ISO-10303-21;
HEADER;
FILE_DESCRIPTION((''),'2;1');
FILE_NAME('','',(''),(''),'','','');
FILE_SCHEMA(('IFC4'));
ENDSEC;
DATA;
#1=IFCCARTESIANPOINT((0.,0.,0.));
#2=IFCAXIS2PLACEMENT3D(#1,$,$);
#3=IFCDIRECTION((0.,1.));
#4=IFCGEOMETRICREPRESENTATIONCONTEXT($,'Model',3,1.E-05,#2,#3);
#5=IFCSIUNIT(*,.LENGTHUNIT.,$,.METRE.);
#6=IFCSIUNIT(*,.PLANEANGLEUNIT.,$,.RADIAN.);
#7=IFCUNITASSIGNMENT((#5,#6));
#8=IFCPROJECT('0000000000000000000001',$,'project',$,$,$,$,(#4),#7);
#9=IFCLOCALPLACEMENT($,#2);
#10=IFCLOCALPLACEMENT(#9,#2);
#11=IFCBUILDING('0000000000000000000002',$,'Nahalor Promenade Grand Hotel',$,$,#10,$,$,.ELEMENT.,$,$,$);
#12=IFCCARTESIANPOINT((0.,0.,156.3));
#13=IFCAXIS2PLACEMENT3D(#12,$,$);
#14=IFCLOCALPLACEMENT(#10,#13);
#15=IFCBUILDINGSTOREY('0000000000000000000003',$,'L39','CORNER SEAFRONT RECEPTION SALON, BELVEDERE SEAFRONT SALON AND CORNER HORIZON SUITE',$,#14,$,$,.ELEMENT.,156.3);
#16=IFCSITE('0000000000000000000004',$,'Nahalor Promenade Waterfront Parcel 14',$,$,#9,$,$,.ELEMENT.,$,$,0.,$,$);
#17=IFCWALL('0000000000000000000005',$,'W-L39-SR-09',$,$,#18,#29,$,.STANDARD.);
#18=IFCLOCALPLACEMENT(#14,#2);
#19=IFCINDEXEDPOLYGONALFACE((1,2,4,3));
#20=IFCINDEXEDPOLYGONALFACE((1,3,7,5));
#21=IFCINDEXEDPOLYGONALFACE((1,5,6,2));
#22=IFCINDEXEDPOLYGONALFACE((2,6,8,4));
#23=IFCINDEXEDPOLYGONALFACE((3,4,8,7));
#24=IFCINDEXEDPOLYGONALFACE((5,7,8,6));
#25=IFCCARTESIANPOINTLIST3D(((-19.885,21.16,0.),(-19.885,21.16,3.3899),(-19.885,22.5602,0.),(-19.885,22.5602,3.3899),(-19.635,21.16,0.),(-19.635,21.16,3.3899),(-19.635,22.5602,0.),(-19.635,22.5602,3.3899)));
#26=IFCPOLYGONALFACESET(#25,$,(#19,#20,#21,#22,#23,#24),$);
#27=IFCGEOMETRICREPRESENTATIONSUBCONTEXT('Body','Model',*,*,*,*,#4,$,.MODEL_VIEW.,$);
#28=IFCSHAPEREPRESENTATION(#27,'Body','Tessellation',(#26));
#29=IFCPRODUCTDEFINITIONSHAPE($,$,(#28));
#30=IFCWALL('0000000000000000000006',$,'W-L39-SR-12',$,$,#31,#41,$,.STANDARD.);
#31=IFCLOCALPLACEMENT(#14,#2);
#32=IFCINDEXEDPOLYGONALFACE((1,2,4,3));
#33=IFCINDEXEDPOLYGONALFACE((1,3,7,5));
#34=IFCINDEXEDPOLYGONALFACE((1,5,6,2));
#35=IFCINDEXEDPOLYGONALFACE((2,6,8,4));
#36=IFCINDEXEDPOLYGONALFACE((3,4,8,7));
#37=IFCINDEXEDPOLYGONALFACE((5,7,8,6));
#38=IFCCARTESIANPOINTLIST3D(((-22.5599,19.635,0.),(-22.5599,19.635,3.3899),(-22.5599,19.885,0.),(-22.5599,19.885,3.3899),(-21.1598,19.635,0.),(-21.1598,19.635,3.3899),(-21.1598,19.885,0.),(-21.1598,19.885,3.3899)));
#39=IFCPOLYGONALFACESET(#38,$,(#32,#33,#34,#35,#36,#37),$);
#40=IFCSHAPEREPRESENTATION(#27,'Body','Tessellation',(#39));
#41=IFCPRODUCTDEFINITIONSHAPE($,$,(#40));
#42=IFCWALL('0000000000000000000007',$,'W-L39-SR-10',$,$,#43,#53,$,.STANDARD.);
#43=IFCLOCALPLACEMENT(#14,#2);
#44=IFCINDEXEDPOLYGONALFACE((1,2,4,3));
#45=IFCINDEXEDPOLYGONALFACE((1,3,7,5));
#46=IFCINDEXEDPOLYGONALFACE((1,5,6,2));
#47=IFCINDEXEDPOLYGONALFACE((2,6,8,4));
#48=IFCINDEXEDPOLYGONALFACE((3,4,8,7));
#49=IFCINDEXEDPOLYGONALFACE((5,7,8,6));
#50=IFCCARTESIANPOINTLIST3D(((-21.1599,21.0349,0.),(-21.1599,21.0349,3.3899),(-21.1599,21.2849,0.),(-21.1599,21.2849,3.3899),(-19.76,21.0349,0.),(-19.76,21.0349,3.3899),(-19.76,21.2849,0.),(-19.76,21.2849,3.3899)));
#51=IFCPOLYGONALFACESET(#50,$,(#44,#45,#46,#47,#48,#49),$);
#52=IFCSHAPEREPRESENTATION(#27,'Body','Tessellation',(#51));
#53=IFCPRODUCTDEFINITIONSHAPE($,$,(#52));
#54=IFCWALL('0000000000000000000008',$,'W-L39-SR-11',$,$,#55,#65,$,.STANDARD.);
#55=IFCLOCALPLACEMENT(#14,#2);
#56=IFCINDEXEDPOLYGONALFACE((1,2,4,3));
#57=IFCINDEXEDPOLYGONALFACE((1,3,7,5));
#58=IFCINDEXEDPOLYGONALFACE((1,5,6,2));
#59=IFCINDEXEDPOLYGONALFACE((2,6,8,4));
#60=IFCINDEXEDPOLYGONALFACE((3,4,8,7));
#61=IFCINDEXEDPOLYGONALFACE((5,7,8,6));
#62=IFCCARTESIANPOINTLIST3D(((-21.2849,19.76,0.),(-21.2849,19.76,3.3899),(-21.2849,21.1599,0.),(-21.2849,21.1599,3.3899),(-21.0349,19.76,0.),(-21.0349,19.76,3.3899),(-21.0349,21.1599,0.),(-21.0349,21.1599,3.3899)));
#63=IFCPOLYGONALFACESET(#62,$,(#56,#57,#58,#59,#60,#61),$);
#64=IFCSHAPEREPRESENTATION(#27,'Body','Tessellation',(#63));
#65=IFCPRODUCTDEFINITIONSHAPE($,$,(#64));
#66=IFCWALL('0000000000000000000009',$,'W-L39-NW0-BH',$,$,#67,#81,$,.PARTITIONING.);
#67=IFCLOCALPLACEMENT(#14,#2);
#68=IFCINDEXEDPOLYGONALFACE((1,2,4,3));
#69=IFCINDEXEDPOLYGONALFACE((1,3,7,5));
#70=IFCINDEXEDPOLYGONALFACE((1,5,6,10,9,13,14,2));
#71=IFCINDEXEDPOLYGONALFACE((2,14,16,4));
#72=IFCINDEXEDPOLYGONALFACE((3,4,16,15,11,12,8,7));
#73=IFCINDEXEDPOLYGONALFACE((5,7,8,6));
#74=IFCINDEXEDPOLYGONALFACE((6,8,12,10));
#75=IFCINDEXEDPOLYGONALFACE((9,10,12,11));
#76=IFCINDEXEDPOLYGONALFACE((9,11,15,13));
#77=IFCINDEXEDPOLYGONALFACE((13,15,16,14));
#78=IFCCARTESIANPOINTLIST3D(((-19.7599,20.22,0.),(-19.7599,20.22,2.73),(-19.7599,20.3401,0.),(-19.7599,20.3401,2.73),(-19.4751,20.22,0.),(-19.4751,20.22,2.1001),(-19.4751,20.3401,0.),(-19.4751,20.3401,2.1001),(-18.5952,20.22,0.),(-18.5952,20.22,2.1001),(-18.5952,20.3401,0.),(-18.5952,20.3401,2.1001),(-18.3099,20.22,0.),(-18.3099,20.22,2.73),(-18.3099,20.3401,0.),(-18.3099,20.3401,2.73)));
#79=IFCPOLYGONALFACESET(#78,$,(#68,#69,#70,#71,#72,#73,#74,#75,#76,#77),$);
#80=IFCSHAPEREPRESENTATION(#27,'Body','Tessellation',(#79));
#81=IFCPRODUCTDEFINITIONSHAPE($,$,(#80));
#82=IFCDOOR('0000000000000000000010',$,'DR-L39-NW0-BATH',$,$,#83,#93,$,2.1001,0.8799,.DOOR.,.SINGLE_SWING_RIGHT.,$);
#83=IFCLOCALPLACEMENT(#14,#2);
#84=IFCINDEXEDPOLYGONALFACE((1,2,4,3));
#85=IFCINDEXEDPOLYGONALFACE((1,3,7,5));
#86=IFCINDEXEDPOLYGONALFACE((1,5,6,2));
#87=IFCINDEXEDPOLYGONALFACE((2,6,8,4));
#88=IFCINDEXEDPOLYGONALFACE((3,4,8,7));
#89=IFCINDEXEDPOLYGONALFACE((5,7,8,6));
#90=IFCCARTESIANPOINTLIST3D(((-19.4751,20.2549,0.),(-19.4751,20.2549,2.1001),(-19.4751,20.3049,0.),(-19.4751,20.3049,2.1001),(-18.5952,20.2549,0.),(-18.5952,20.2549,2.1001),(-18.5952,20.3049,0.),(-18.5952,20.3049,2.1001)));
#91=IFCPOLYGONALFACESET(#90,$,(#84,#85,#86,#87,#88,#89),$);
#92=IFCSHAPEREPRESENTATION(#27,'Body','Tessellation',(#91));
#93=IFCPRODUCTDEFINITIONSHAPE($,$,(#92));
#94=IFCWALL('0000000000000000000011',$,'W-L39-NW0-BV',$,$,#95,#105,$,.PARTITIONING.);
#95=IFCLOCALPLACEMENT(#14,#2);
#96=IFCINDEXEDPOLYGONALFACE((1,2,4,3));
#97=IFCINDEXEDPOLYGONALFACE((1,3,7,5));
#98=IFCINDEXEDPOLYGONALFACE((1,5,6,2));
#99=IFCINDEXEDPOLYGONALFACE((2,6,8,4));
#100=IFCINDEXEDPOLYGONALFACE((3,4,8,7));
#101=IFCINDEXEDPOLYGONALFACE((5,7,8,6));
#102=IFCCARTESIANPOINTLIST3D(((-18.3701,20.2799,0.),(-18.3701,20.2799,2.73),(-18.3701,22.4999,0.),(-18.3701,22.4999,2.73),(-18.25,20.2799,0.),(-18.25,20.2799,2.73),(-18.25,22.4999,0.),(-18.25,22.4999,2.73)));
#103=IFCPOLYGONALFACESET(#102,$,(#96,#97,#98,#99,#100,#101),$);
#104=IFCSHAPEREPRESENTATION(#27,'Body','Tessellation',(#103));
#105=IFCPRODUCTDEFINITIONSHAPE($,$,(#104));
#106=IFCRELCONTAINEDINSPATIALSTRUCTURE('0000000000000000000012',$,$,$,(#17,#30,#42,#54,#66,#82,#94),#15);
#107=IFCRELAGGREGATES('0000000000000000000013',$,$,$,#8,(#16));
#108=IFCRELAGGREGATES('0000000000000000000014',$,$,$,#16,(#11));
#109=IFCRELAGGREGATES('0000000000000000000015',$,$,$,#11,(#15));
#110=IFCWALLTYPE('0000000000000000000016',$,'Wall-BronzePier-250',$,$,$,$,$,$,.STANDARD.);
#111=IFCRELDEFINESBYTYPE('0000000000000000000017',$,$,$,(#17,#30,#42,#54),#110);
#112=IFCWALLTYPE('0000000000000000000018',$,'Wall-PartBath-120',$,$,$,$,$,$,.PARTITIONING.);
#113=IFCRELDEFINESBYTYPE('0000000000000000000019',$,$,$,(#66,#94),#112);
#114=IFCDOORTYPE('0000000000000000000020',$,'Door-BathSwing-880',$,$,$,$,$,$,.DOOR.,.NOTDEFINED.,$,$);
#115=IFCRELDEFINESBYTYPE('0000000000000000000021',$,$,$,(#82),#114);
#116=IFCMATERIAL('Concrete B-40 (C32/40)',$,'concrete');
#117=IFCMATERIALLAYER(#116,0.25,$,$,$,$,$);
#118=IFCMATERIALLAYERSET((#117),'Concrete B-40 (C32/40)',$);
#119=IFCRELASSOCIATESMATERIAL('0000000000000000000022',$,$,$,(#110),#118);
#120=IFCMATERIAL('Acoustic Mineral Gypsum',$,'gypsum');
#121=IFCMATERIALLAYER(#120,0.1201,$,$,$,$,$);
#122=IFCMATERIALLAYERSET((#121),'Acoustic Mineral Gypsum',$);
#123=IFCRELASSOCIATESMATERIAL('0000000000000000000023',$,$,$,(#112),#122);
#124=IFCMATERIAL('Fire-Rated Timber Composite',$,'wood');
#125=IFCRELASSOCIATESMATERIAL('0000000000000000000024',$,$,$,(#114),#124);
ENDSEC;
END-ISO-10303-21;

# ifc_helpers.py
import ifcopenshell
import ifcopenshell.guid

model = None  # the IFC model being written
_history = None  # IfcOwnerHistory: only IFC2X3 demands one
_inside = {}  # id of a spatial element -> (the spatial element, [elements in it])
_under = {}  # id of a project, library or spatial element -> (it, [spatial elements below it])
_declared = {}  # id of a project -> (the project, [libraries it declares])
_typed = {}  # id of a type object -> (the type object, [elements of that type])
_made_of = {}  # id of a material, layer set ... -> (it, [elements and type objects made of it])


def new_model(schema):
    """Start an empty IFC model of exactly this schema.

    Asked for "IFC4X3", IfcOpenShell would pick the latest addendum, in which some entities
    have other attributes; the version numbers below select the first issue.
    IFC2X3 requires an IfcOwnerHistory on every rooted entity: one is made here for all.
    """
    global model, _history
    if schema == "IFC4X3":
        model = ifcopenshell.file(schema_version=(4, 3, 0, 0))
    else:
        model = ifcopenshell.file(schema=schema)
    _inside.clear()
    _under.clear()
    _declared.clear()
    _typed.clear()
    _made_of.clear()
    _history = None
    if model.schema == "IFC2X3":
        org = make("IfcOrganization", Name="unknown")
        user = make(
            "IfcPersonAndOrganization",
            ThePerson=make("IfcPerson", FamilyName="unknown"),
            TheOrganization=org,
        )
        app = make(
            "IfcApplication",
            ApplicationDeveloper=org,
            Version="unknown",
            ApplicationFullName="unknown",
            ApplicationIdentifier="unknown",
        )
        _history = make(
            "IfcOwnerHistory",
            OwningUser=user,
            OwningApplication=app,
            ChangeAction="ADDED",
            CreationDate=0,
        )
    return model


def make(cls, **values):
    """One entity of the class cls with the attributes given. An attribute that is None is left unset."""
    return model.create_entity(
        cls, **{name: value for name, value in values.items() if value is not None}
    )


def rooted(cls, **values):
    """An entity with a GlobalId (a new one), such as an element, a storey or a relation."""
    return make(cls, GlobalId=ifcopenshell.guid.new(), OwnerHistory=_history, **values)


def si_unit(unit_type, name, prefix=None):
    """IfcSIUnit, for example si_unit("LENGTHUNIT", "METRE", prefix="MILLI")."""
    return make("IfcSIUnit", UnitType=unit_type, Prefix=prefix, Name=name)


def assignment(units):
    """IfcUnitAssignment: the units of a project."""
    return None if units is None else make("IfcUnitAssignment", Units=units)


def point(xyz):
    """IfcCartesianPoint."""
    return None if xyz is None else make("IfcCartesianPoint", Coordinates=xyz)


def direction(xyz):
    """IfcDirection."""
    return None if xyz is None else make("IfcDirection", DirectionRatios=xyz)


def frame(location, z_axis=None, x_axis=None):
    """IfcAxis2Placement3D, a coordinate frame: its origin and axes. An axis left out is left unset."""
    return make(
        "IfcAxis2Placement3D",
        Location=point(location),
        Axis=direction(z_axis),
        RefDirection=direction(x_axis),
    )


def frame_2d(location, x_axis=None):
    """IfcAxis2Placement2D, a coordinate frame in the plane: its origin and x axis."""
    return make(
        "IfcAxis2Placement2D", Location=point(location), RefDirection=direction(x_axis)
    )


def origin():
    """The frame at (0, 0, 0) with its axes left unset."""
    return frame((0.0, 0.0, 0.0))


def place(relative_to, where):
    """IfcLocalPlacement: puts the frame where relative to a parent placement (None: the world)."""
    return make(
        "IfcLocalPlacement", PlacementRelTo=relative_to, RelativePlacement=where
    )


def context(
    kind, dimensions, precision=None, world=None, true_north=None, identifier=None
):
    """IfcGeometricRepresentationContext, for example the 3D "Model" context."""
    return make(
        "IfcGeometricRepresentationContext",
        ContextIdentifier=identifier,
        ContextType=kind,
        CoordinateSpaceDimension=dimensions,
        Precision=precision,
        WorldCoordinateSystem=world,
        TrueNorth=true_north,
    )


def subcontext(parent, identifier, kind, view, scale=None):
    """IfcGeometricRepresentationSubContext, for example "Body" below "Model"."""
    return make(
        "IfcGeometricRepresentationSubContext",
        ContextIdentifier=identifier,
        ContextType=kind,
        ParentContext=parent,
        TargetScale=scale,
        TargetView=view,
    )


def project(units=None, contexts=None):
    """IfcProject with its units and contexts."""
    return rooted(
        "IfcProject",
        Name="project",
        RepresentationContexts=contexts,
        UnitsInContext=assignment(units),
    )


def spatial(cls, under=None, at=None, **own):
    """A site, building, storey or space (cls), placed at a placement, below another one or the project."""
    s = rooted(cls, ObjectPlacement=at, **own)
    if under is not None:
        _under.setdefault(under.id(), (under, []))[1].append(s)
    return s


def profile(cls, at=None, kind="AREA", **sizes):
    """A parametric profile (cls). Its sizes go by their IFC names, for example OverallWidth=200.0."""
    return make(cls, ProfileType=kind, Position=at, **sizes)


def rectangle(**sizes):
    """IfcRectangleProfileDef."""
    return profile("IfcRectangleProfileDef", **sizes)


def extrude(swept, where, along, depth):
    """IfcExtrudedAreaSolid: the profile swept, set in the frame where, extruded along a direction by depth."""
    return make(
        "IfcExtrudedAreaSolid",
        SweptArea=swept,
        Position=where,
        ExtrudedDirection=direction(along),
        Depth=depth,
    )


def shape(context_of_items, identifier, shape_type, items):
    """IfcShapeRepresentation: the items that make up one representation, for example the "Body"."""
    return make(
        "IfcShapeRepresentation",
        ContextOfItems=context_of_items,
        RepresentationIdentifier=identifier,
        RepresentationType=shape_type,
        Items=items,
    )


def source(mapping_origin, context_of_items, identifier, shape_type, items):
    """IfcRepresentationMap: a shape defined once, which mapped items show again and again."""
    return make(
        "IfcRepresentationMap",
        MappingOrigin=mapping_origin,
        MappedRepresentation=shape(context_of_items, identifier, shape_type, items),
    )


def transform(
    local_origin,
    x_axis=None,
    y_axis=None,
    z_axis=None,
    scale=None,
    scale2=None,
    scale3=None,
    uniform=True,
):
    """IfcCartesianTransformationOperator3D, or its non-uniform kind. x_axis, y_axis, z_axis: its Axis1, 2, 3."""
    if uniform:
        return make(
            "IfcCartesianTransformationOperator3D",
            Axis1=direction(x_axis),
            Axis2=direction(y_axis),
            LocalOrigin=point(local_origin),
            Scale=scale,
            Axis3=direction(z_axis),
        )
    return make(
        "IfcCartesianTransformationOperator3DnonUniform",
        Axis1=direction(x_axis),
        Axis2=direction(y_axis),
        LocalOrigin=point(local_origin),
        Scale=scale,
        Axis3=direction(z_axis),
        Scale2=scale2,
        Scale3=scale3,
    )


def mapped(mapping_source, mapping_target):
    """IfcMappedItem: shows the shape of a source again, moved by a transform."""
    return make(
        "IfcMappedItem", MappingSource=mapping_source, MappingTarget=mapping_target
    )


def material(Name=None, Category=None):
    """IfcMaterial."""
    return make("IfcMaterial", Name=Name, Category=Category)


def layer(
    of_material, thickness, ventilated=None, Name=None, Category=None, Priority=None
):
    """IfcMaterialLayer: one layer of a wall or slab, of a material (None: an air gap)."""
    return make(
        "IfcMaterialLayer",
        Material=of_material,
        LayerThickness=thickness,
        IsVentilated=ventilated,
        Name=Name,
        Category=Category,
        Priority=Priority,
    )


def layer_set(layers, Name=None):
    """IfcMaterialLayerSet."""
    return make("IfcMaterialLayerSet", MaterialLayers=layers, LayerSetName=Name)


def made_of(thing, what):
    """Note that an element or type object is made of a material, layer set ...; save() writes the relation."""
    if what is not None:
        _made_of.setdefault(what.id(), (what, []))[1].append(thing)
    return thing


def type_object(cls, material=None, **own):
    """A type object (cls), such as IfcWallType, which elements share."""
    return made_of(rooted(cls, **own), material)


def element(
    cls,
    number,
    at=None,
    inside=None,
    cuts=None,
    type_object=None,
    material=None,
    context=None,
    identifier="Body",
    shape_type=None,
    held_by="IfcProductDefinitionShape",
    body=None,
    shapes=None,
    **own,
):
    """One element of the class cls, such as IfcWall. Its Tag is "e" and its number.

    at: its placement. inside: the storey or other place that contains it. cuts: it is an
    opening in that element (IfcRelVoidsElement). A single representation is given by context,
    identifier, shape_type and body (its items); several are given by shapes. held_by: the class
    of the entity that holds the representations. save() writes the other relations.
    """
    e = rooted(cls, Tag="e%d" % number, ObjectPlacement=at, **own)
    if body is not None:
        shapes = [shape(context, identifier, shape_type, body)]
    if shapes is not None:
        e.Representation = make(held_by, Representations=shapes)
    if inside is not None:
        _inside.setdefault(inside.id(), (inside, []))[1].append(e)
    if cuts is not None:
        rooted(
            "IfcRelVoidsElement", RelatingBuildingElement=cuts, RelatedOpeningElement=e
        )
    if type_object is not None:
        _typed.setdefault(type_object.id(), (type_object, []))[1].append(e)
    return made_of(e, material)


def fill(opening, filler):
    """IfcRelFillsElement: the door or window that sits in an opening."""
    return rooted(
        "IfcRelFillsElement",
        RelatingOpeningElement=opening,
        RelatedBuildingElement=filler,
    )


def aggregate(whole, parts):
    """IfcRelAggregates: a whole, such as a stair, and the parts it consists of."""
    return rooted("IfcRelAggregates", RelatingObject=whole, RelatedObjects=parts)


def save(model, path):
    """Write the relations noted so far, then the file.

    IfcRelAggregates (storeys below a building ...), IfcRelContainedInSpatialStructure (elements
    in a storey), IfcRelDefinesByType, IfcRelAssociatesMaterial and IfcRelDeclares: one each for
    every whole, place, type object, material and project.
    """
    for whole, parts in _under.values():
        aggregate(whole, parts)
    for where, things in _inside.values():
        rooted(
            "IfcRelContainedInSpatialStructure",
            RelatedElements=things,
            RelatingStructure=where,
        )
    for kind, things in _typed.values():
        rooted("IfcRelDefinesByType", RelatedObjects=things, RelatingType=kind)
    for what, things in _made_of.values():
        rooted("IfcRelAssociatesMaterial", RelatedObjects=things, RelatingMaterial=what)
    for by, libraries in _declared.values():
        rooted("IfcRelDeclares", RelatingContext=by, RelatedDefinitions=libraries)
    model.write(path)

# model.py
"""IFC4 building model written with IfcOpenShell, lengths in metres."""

from ifc_helpers import new_model, si_unit, direction, frame, frame_2d, origin, place, context, subcontext, project, spatial, rectangle, extrude, source, transform, mapped, material, layer, layer_set, type_object, element, fill, save


model = new_model("IFC4")

# Units and contexts
model_context = context("Model", 3, precision=1e-05, world=origin(), true_north=direction((0.0, 1.0)))
body_context = subcontext(model_context, "Body", "Model", "MODEL_VIEW")
ifc_project = project(units=[si_unit("LENGTHUNIT", "METRE"), si_unit("PLANEANGLEUNIT", "RADIAN")], contexts=[model_context])

# Site, building, storey
site_placement = place(None, origin())
site = spatial("IfcSite", under=ifc_project, at=site_placement, Name="Nahalor Promenade Waterfront Parcel 14", CompositionType="ELEMENT", RefElevation=0.0)
building_placement = place(site_placement, origin())
building = spatial("IfcBuilding", under=site, at=building_placement, Name="Nahalor Promenade Grand Hotel", CompositionType="ELEMENT")
storey_placement = place(building_placement, frame((0.0, 0.0, 156.3)))
storey = spatial("IfcBuildingStorey", under=building, at=storey_placement, Name="L39", Description="CORNER SEAFRONT RECEPTION SALON, BELVEDERE SEAFRONT SALON AND CORNER HORIZON SUITE", CompositionType="ELEMENT", Elevation=156.3)

# Walls
ifc_material_1 = material(Name="Concrete B-40 (C32/40)", Category="concrete")
ifc_layer_1 = layer(ifc_material_1, 0.25)
ifc_layer_set_1 = layer_set([ifc_layer_1], Name="Concrete B-40 (C32/40)")
wall_type_1 = type_object("IfcWallType", Name="Wall-BronzePier-250", PredefinedType="STANDARD", material=ifc_layer_set_1)
shared_shape_1 = source(origin(), body_context, "Body", "SweptSolid", [
    extrude(rectangle(XDim=1.4001, YDim=0.25, at=frame_2d((0.7002, 0.0))), origin(), (0.0, 0.0, 1.0), 3.3899),
])
for number, where, z_axis, x_axis, name in (
    (1, (-19.76, 21.1599, 0.0), (0.0, 0.0, 1.0), (0.0, 1.0, 0.0), "W-L39-SR-09"),
    (2, (-22.5601, 19.76, 0.0), (0.0, 0.0, 1.0), (1.0, 0.0, 0.0), "W-L39-SR-12"),
):
    element("IfcWall", number, at=place(storey_placement, frame(where, z_axis=z_axis, x_axis=x_axis)), inside=storey, type_object=wall_type_1, Name=name, PredefinedType="STANDARD", context=body_context, shape_type="MappedRepresentation", body=[
        mapped(shared_shape_1, transform((0.0, 0.0, 0.0), scale=1.0)),
    ])
shared_shape_2 = source(origin(), body_context, "Body", "SweptSolid", [
    extrude(rectangle(XDim=1.3999, YDim=0.25, at=frame_2d((0.7, 0.0))), origin(), (0.0, 0.0, 1.0), 3.3899),
])
for number, where, z_axis, x_axis, name in (
    (3, (-21.1599, 21.1599, 0.0), (0.0, 0.0, 1.0), (1.0, 0.0, 0.0), "W-L39-SR-10"),
    (4, (-21.1599, 19.76, 0.0), (0.0, 0.0, 1.0), (0.0, 1.0, 0.0), "W-L39-SR-11"),
):
    element("IfcWall", number, at=place(storey_placement, frame(where, z_axis=z_axis, x_axis=x_axis)), inside=storey, type_object=wall_type_1, Name=name, PredefinedType="STANDARD", context=body_context, shape_type="MappedRepresentation", body=[
        mapped(shared_shape_2, transform((0.0, 0.0, 0.0), scale=1.0)),
    ])

# Wall, opening, door
ifc_material_2 = material(Name="Acoustic Mineral Gypsum", Category="gypsum")
ifc_layer_2 = layer(ifc_material_2, 0.1201)
ifc_layer_set_2 = layer_set([ifc_layer_2], Name="Acoustic Mineral Gypsum")
wall_type_2 = type_object("IfcWallType", Name="Wall-PartBath-120", PredefinedType="PARTITIONING", material=ifc_layer_set_2)
shared_shape_3 = source(origin(), body_context, "Body", "SweptSolid", [
    extrude(rectangle(XDim=1.45, YDim=0.1201, at=frame_2d((0.7251, 0.0))), origin(), (0.0, 0.0, 1.0), 2.73),
])
wall_1_placement = place(storey_placement, frame((-19.76, 20.28, 0.0), z_axis=(0.0, 0.0, 1.0), x_axis=(1.0, 0.0, 0.0)))
wall_1 = element("IfcWall", 5, at=wall_1_placement, inside=storey, type_object=wall_type_2, Name="W-L39-NW0-BH", PredefinedType="PARTITIONING", context=body_context, shape_type="MappedRepresentation", body=[
    mapped(shared_shape_3, transform((0.0, 0.0, 0.0), scale=1.0)),
])
opening_placement = place(wall_1_placement, frame((0.2849, 0.0, 0.0)))
opening = element("IfcOpeningElement", 6, at=opening_placement, cuts=wall_1, PredefinedType="OPENING", context=body_context, shape_type="SweptSolid", body=[
    extrude(rectangle(XDim=0.8799, YDim=2.1001, at=frame_2d((0.4399, 1.05))), frame((0.0, 0.0701, 0.0), z_axis=(0.0, -1.0, 0.0), x_axis=(1.0, 0.0, 0.0)), (0.0, 0.0, 1.0), 0.1401),
])
ifc_material_3 = material(Name="Fire-Rated Timber Composite", Category="wood")
door_type = type_object("IfcDoorType", Name="Door-BathSwing-880", OperationType="NOTDEFINED", PredefinedType="DOOR", material=ifc_material_3)
shared_shape_4 = source(origin(), body_context, "Body", "SweptSolid", [
    extrude(rectangle(XDim=0.8799, YDim=2.1001, at=frame_2d((0.4399, 1.05))), frame((0.0, 0.0249, 0.0), z_axis=(0.0, -1.0, 0.0), x_axis=(1.0, 0.0, 0.0)), (0.0, 0.0, 1.0), 0.05),
])
door_placement = place(opening_placement, origin())
door = element("IfcDoor", 7, at=door_placement, inside=storey, type_object=door_type, Name="DR-L39-NW0-BATH", OperationType="SINGLE_SWING_RIGHT", OverallHeight=2.1001, OverallWidth=0.8799, PredefinedType="DOOR", context=body_context, shape_type="MappedRepresentation", body=[
    mapped(shared_shape_4, transform((0.0, 0.0, 0.0), scale=1.0)),
])
fill(opening, door)

# Wall
shared_shape_5 = source(origin(), body_context, "Body", "SweptSolid", [
    extrude(rectangle(XDim=2.22, YDim=0.1201, at=frame_2d((1.1099, 0.0))), origin(), (0.0, 0.0, 1.0), 2.73),
])
wall_2_placement = place(storey_placement, frame((-18.3101, 20.28, 0.0), z_axis=(0.0, 0.0, 1.0), x_axis=(0.0, 1.0, 0.0)))
element("IfcWall", 8, at=wall_2_placement, inside=storey, type_object=wall_type_2, Name="W-L39-NW0-BV", PredefinedType="PARTITIONING", context=body_context, shape_type="MappedRepresentation", body=[
    mapped(shared_shape_5, transform((0.0, 0.0, 0.0), scale=1.0)),
])

save(model, "model.ifc")
